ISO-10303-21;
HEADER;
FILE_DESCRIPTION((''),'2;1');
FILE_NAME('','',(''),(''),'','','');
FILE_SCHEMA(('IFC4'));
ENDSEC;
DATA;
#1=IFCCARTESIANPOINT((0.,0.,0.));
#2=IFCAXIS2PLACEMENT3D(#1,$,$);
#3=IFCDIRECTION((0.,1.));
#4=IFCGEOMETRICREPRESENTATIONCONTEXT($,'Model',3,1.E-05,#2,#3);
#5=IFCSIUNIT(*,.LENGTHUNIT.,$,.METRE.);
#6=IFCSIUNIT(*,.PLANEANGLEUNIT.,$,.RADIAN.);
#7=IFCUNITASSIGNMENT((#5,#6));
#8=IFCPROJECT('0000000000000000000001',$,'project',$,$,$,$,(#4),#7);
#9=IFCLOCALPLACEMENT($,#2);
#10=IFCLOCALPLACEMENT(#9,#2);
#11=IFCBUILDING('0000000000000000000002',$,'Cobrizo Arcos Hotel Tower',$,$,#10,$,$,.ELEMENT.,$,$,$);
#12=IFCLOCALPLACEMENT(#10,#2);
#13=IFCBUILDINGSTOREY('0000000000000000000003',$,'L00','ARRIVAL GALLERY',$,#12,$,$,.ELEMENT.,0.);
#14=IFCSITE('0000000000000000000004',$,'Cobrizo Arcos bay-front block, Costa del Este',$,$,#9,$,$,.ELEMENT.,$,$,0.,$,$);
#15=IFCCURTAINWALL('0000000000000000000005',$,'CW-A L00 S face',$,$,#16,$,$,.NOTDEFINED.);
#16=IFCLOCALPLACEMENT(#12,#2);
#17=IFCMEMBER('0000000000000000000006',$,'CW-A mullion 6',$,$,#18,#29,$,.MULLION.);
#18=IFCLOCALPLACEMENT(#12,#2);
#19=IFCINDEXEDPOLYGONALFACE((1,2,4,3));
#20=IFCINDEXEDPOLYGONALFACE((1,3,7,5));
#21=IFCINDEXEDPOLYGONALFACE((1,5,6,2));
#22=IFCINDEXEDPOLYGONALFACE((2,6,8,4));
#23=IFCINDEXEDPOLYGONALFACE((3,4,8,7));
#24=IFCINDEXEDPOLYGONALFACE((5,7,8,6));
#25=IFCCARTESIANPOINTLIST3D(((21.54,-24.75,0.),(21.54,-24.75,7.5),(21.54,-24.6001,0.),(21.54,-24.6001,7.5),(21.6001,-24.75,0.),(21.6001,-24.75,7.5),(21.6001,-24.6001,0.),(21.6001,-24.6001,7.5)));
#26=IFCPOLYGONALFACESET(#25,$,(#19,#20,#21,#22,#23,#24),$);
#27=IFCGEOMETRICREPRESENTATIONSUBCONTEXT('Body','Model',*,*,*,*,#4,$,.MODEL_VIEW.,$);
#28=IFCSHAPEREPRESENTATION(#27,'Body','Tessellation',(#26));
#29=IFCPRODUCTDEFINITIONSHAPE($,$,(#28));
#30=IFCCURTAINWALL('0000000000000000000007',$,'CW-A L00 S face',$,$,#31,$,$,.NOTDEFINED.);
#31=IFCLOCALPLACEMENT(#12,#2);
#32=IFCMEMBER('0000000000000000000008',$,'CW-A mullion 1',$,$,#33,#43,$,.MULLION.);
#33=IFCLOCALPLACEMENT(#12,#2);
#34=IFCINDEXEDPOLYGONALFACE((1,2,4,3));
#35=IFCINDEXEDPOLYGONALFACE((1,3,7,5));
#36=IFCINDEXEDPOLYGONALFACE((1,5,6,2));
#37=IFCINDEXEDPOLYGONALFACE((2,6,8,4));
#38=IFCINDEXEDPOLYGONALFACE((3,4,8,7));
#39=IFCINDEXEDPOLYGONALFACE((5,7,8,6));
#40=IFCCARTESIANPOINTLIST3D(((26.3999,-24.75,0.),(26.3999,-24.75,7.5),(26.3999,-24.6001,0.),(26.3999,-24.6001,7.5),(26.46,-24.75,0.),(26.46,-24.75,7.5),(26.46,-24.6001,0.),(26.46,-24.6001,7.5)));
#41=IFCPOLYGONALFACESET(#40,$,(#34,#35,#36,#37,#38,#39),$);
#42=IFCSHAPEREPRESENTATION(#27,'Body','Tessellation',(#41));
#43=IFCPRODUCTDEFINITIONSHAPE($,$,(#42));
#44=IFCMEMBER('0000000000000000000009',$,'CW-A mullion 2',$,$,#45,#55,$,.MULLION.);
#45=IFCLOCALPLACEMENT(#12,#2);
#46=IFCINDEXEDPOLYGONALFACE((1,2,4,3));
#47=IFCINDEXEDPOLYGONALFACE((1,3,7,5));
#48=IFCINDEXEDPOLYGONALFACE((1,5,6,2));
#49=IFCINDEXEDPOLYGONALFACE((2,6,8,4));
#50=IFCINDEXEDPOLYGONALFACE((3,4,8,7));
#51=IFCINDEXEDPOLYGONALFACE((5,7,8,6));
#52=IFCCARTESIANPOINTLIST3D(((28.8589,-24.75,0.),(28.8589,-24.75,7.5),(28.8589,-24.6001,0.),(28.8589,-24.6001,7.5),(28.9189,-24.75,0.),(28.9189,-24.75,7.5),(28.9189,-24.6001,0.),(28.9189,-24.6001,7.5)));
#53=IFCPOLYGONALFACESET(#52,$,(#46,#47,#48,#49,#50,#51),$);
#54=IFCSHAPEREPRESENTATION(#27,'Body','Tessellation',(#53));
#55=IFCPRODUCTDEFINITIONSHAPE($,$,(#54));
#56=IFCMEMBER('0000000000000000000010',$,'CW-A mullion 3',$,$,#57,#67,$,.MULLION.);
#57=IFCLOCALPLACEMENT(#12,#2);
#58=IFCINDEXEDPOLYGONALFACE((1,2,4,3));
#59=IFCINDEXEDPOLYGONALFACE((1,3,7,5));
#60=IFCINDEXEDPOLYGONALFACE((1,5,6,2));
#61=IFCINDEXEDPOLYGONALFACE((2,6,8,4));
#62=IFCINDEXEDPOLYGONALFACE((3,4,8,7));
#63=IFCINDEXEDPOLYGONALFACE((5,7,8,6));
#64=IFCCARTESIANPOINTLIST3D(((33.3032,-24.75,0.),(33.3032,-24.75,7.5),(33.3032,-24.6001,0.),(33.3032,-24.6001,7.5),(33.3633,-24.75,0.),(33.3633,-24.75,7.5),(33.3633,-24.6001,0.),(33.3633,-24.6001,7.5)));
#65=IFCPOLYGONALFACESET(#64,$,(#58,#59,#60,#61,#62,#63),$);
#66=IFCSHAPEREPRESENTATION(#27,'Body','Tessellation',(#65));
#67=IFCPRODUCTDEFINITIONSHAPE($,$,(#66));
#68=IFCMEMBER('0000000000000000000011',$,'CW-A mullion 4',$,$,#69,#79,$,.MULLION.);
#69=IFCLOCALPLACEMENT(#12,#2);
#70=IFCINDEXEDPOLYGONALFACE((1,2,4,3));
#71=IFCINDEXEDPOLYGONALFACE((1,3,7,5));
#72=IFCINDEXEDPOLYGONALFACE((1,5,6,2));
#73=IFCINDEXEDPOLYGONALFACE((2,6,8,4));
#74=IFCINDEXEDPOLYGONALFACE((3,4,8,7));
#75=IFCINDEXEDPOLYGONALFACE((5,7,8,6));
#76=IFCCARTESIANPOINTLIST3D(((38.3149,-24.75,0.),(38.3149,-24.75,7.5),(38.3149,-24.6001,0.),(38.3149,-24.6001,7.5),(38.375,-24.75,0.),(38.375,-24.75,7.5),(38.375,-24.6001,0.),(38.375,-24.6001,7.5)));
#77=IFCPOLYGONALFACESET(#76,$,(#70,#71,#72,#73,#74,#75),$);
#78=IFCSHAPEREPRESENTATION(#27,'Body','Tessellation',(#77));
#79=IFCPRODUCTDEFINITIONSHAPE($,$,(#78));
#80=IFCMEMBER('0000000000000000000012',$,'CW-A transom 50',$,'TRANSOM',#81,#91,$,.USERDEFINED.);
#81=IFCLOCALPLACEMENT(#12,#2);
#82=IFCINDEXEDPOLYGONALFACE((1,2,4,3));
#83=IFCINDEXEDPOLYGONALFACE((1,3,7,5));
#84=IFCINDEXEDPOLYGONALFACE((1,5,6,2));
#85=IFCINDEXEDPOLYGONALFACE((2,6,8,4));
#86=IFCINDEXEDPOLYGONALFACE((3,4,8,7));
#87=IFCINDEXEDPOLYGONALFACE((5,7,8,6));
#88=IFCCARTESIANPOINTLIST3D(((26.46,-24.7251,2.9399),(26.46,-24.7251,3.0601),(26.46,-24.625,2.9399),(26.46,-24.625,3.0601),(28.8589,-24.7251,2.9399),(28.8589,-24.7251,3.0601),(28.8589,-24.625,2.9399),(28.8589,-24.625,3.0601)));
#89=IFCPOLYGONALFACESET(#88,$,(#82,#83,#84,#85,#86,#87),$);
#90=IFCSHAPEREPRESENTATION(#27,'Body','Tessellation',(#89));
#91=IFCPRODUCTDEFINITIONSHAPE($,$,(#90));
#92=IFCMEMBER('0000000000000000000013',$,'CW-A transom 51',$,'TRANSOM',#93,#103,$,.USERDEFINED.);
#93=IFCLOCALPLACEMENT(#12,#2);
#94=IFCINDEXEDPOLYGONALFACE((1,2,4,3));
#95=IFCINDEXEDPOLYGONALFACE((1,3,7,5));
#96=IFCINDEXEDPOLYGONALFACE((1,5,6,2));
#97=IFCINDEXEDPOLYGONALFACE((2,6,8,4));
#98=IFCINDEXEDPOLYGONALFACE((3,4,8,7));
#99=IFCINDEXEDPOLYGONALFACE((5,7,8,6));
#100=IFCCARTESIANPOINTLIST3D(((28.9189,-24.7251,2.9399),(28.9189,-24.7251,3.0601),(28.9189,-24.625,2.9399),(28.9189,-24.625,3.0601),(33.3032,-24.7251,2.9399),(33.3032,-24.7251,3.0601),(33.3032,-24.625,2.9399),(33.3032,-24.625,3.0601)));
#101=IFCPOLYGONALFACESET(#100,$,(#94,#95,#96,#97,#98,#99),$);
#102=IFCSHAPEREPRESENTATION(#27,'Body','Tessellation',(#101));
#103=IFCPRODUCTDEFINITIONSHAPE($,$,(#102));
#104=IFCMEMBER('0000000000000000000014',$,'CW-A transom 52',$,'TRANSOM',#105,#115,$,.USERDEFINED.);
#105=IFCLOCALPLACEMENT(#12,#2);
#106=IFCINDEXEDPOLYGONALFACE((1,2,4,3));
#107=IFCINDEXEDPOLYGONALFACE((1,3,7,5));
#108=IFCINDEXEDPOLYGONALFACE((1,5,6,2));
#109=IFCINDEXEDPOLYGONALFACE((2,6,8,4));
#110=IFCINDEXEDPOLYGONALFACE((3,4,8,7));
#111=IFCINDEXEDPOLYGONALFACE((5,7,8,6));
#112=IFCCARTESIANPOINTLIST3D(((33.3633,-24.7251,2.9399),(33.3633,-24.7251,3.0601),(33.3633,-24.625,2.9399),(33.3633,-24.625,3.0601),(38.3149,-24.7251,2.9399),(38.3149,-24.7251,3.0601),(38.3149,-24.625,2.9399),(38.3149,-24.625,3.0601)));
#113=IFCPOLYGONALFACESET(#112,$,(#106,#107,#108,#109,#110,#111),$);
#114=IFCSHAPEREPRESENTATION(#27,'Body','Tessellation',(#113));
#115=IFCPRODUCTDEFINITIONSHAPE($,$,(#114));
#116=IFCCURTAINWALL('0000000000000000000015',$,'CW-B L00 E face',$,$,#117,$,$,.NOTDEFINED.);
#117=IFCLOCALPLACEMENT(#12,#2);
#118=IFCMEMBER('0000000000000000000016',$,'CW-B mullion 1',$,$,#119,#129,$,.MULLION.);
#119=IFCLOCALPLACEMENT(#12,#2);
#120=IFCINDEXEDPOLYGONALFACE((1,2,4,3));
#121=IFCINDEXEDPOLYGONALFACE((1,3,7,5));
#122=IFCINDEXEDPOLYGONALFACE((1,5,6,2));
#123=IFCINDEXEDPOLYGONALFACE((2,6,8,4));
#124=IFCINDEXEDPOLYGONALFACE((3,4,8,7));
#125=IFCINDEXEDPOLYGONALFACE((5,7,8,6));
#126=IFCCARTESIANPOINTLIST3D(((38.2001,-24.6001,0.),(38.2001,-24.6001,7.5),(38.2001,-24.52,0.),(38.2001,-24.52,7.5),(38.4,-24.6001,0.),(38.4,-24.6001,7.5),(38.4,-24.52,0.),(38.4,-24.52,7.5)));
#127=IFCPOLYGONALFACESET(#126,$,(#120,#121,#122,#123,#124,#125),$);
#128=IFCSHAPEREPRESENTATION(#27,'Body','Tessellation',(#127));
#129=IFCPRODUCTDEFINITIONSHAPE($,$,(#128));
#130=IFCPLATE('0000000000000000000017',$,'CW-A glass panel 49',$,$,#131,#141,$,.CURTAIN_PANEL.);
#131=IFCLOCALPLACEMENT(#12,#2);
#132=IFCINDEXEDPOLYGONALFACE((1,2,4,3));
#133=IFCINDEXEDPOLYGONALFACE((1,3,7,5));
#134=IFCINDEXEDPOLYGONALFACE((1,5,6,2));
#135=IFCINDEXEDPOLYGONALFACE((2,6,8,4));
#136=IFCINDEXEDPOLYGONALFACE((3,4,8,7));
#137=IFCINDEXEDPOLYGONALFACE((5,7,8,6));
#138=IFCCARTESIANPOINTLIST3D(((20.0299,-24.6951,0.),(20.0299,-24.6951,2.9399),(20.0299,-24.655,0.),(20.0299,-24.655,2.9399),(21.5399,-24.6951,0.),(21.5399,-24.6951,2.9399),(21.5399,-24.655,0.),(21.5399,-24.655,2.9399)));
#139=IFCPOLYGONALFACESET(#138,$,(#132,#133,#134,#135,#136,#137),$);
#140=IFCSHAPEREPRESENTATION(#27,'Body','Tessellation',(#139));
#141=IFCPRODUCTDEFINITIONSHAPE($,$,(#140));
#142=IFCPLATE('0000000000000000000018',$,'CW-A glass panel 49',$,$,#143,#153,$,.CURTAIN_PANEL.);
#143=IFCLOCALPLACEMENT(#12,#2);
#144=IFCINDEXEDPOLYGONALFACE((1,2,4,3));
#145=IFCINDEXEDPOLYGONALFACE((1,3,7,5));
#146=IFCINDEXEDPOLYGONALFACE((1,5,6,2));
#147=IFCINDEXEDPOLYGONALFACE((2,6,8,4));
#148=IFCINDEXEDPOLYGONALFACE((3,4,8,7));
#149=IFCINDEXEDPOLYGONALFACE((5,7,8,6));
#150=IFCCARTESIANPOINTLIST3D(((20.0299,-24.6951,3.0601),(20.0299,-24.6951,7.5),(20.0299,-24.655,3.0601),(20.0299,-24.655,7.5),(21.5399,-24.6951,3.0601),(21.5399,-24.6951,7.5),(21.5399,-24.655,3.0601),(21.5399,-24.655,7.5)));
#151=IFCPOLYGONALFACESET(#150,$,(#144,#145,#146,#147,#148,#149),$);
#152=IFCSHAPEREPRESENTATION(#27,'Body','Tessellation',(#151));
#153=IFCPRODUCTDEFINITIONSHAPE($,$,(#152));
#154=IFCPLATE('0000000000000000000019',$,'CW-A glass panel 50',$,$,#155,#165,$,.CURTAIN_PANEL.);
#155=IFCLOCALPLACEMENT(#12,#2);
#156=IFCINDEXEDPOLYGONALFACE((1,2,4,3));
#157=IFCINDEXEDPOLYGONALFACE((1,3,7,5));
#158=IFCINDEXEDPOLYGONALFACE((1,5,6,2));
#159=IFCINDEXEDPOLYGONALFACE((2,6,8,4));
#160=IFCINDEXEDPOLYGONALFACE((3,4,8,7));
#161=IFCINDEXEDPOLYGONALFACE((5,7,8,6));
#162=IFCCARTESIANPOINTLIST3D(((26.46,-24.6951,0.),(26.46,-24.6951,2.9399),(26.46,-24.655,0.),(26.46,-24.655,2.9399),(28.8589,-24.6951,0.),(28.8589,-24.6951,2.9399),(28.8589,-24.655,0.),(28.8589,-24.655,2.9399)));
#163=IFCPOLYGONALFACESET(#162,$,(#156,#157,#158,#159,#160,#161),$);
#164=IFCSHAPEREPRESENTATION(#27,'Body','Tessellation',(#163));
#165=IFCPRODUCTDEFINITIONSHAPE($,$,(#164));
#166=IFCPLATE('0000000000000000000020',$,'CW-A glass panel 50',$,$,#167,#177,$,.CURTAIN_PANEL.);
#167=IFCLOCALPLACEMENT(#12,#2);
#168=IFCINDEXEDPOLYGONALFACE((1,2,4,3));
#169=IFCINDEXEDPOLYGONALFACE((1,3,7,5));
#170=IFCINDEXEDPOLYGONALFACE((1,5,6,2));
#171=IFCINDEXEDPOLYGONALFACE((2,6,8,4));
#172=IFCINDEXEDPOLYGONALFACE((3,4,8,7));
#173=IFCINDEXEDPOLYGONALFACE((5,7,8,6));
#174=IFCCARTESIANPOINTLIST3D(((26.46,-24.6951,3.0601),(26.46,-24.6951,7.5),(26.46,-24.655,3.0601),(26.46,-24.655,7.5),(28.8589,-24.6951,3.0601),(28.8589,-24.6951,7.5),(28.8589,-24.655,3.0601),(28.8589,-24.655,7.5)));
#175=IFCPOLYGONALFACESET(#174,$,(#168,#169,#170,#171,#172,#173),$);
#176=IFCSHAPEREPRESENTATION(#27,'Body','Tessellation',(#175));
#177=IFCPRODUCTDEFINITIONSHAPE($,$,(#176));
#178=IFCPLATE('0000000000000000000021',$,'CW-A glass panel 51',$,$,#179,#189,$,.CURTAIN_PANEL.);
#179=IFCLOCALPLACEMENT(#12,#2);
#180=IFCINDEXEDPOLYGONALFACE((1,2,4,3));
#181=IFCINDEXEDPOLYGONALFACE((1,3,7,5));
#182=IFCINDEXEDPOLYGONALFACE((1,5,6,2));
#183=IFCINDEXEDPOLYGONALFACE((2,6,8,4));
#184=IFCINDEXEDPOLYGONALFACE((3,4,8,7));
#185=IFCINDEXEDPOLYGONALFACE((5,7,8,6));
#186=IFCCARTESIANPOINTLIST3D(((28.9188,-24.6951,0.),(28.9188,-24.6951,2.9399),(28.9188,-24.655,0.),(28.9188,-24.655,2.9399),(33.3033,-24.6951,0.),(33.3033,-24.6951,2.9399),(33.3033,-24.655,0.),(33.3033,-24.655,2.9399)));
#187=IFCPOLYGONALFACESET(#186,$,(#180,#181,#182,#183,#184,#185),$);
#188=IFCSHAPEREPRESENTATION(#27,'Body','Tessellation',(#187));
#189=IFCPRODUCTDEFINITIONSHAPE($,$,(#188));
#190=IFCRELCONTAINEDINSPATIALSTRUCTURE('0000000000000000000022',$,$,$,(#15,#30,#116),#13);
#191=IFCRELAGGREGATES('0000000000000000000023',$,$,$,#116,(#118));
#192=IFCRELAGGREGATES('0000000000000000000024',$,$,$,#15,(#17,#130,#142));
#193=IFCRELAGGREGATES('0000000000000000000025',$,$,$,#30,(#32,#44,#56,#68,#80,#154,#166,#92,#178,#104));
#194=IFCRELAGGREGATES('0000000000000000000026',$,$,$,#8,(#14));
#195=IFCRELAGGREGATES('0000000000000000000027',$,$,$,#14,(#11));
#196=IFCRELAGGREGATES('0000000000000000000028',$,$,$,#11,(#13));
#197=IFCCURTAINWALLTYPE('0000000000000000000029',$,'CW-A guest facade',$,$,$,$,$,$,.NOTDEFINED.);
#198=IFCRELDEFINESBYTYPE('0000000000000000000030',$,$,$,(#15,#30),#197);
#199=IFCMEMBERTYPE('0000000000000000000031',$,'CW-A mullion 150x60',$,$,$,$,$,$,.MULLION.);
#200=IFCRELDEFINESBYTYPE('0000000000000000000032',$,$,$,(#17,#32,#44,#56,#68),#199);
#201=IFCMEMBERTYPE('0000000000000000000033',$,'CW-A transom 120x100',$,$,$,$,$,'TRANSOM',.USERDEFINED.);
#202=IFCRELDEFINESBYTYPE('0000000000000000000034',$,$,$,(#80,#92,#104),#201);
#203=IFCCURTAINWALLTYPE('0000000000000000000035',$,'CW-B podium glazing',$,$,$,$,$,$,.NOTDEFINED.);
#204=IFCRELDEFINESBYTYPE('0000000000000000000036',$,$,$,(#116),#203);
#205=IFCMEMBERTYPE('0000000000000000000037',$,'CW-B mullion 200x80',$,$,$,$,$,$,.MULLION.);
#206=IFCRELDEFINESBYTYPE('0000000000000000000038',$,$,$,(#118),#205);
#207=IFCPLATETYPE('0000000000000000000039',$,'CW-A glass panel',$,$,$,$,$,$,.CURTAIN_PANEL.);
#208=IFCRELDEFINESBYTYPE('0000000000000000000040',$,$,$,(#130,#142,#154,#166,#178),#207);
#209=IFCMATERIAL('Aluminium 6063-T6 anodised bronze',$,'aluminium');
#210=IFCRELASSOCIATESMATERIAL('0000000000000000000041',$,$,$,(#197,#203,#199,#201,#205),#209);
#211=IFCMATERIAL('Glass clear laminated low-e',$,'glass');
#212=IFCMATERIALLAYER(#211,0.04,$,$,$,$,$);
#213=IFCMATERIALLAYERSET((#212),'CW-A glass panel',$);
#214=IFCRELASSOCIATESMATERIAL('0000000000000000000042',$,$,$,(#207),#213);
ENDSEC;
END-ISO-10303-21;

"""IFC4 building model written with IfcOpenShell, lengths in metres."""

from ifc_helpers import new_model, si_unit, direction, frame, origin, origin_2d, place, context, subcontext, project, spatial, rectangle, extrude, material, layer, layer_set, material_profile, profile_set, type_object, element, aggregate, save


model = new_model("IFC4")

# Units and contexts
model_context = context("Model", 3, precision=1e-05, world=origin(), true_north=direction((0.0, 1.0)))
body_context = subcontext(model_context, "Body", "Model", "MODEL_VIEW")
ifc_project = project(units=[si_unit("LENGTHUNIT", "METRE"), si_unit("PLANEANGLEUNIT", "RADIAN")], contexts=[model_context])

# Site, building, storey
site_placement = place(None, origin())
site = spatial("IfcSite", under=ifc_project, at=site_placement, Name="Cobrizo Arcos bay-front block, Costa del Este", CompositionType="ELEMENT", RefElevation=0.0)
building_placement = place(site_placement, origin())
building = spatial("IfcBuilding", under=site, at=building_placement, Name="Cobrizo Arcos Hotel Tower", CompositionType="ELEMENT")
storey_placement = place(building_placement, origin())
storey = spatial("IfcBuildingStorey", under=building, at=storey_placement, Name="L00", Description="ARRIVAL GALLERY", CompositionType="ELEMENT", Elevation=0.0)

# Curtain wall, member
ifc_material_1 = material(Name="Aluminium 6063-T6 anodised bronze", Category="aluminium")
curtain_wall_type_1 = type_object("IfcCurtainWallType", Name="CW-A guest facade", PredefinedType="NOTDEFINED", material=ifc_material_1)
curtain_wall_1_placement = place(storey_placement, origin())
curtain_wall_1 = element("IfcCurtainWall", 1, at=curtain_wall_1_placement, inside=storey, type_object=curtain_wall_type_1, Name="CW-A L00 S face", PredefinedType="NOTDEFINED")
ifc_material_profile_1 = material_profile(ifc_material_1, rectangle(XDim=0.1499, YDim=0.0601, at=origin_2d()), Name="CW-A mullion 150x60")
ifc_profile_set_1 = profile_set([ifc_material_profile_1], Name="Aluminium 6063-T6 anodised bronze")
member_type_1 = type_object("IfcMemberType", Name="CW-A mullion 150x60", PredefinedType="MULLION", material=ifc_profile_set_1)
member_1_placement = place(storey_placement, frame((21.5701, -24.675, 0.0), z_axis=(0.0, 0.0, 1.0), x_axis=(0.0, -1.0, 0.0)))
member_1 = element("IfcMember", 2, at=member_1_placement, type_object=member_type_1, Name="CW-A mullion 6", PredefinedType="MULLION", context=body_context, shape_type="SweptSolid", body=[
    extrude(rectangle(XDim=0.1499, YDim=0.0601, at=origin_2d()), origin(), (0.0, 0.0, 1.0), 7.5),
])

# Curtain wall, members
curtain_wall_2_placement = place(storey_placement, origin())
curtain_wall_2 = element("IfcCurtainWall", 3, at=curtain_wall_2_placement, inside=storey, type_object=curtain_wall_type_1, Name="CW-A L00 S face", PredefinedType="NOTDEFINED")
member_2_placement = place(storey_placement, frame((26.4299, -24.675, 0.0), z_axis=(0.0, 0.0, 1.0), x_axis=(0.0, -1.0, 0.0)))
member_2 = element("IfcMember", 4, at=member_2_placement, type_object=member_type_1, Name="CW-A mullion 1", PredefinedType="MULLION", context=body_context, shape_type="SweptSolid", body=[
    extrude(rectangle(XDim=0.1499, YDim=0.0601, at=origin_2d()), origin(), (0.0, 0.0, 1.0), 7.5),
])
member_3_placement = place(storey_placement, frame((28.8889, -24.675, 0.0), z_axis=(0.0, 0.0, 1.0), x_axis=(0.0, -1.0, 0.0)))
member_3 = element("IfcMember", 5, at=member_3_placement, type_object=member_type_1, Name="CW-A mullion 2", PredefinedType="MULLION", context=body_context, shape_type="SweptSolid", body=[
    extrude(rectangle(XDim=0.1499, YDim=0.0601, at=origin_2d()), origin(), (0.0, 0.0, 1.0), 7.5),
])
member_4_placement = place(storey_placement, frame((33.3333, -24.675, 0.0), z_axis=(0.0, 0.0, 1.0), x_axis=(0.0, -1.0, 0.0)))
member_4 = element("IfcMember", 6, at=member_4_placement, type_object=member_type_1, Name="CW-A mullion 3", PredefinedType="MULLION", context=body_context, shape_type="SweptSolid", body=[
    extrude(rectangle(XDim=0.1499, YDim=0.0601, at=origin_2d()), origin(), (0.0, 0.0, 1.0), 7.5),
])
member_5_placement = place(storey_placement, frame((38.345, -24.675, 0.0), z_axis=(0.0, 0.0, 1.0), x_axis=(0.0, -1.0, 0.0)))
member_5 = element("IfcMember", 7, at=member_5_placement, type_object=member_type_1, Name="CW-A mullion 4", PredefinedType="MULLION", context=body_context, shape_type="SweptSolid", body=[
    extrude(rectangle(XDim=0.1499, YDim=0.0601, at=origin_2d()), origin(), (0.0, 0.0, 1.0), 7.5),
])
ifc_material_profile_2 = material_profile(ifc_material_1, rectangle(XDim=0.1001, YDim=0.1201, at=origin_2d()), Name="CW-A transom 120x100")
ifc_profile_set_2 = profile_set([ifc_material_profile_2], Name="Aluminium 6063-T6 anodised bronze")
member_type_2 = type_object("IfcMemberType", Name="CW-A transom 120x100", ElementType="TRANSOM", PredefinedType="USERDEFINED", material=ifc_profile_set_2)
member_6_placement = place(storey_placement, frame((26.46, -24.675, 3.0), z_axis=(1.0, 0.0, 0.0), x_axis=(0.0, 1.0, 0.0)))
member_6 = element("IfcMember", 8, at=member_6_placement, type_object=member_type_2, Name="CW-A transom 50", ObjectType="TRANSOM", PredefinedType="USERDEFINED", context=body_context, shape_type="SweptSolid", body=[
    extrude(rectangle(XDim=0.1001, YDim=0.1201, at=origin_2d()), origin(), (0.0, 0.0, 1.0), 2.3989),
])
member_7_placement = place(storey_placement, frame((28.9189, -24.675, 3.0), z_axis=(1.0, 0.0, 0.0), x_axis=(0.0, 1.0, 0.0)))
member_7 = element("IfcMember", 9, at=member_7_placement, type_object=member_type_2, Name="CW-A transom 51", ObjectType="TRANSOM", PredefinedType="USERDEFINED", context=body_context, shape_type="SweptSolid", body=[
    extrude(rectangle(XDim=0.1001, YDim=0.1201, at=origin_2d()), origin(), (0.0, 0.0, 1.0), 4.3843),
])
member_8_placement = place(storey_placement, frame((33.3633, -24.675, 3.0), z_axis=(1.0, 0.0, 0.0), x_axis=(0.0, 1.0, 0.0)))
member_8 = element("IfcMember", 10, at=member_8_placement, type_object=member_type_2, Name="CW-A transom 52", ObjectType="TRANSOM", PredefinedType="USERDEFINED", context=body_context, shape_type="SweptSolid", body=[
    extrude(rectangle(XDim=0.1001, YDim=0.1201, at=origin_2d()), origin(), (0.0, 0.0, 1.0), 4.9517),
])

# Curtain wall, member
curtain_wall_type_2 = type_object("IfcCurtainWallType", Name="CW-B podium glazing", PredefinedType="NOTDEFINED", material=ifc_material_1)
curtain_wall_3_placement = place(storey_placement, origin())
curtain_wall_3 = element("IfcCurtainWall", 11, at=curtain_wall_3_placement, inside=storey, type_object=curtain_wall_type_2, Name="CW-B L00 E face", PredefinedType="NOTDEFINED")
ifc_material_profile_3 = material_profile(ifc_material_1, rectangle(XDim=0.2, YDim=0.0801, at=origin_2d()), Name="CW-B mullion 200x80")
ifc_profile_set_3 = profile_set([ifc_material_profile_3], Name="Aluminium 6063-T6 anodised bronze")
member_type_3 = type_object("IfcMemberType", Name="CW-B mullion 200x80", PredefinedType="MULLION", material=ifc_profile_set_3)
member_9_placement = place(storey_placement, frame((38.3, -24.5601, 0.0), z_axis=(0.0, 0.0, 1.0), x_axis=(1.0, 0.0, 0.0)))
member_9 = element("IfcMember", 12, at=member_9_placement, type_object=member_type_3, Name="CW-B mullion 1", PredefinedType="MULLION", context=body_context, shape_type="SweptSolid", body=[
    extrude(rectangle(XDim=0.2, YDim=0.0801, at=origin_2d()), origin(), (0.0, 0.0, 1.0), 7.5),
])
aggregate(curtain_wall_3, [member_9])

# Plates
ifc_material_2 = material(Name="Glass clear laminated low-e", Category="glass")
ifc_layer_1 = layer(ifc_material_2, 0.04)
ifc_layer_set_1 = layer_set([ifc_layer_1], Name="CW-A glass panel")
plate_type = type_object("IfcPlateType", Name="CW-A glass panel", PredefinedType="CURTAIN_PANEL", material=ifc_layer_set_1)
plate_1_placement = place(storey_placement, frame((20.7849, -24.675, 0.0), z_axis=(0.0, 0.0, 1.0), x_axis=(1.0, 0.0, 0.0)))
plate_1 = element("IfcPlate", 13, at=plate_1_placement, type_object=plate_type, Name="CW-A glass panel 49", PredefinedType="CURTAIN_PANEL", context=body_context, shape_type="SweptSolid", body=[
    extrude(rectangle(XDim=1.51, YDim=0.04, at=origin_2d()), origin(), (0.0, 0.0, 1.0), 2.9399),
])
plate_2_placement = place(storey_placement, frame((20.7849, -24.675, 3.0601), z_axis=(0.0, 0.0, 1.0), x_axis=(1.0, 0.0, 0.0)))
plate_2 = element("IfcPlate", 14, at=plate_2_placement, type_object=plate_type, Name="CW-A glass panel 49", PredefinedType="CURTAIN_PANEL", context=body_context, shape_type="SweptSolid", body=[
    extrude(rectangle(XDim=1.51, YDim=0.04, at=origin_2d()), origin(), (0.0, 0.0, 1.0), 4.4399),
])
aggregate(curtain_wall_1, [member_1, plate_1, plate_2])
plate_3_placement = place(storey_placement, frame((27.6594, -24.675, 0.0), z_axis=(0.0, 0.0, 1.0), x_axis=(1.0, 0.0, 0.0)))
plate_3 = element("IfcPlate", 15, at=plate_3_placement, type_object=plate_type, Name="CW-A glass panel 50", PredefinedType="CURTAIN_PANEL", context=body_context, shape_type="SweptSolid", body=[
    extrude(rectangle(XDim=2.3989, YDim=0.04, at=origin_2d()), origin(), (0.0, 0.0, 1.0), 2.9399),
])
plate_4_placement = place(storey_placement, frame((27.6594, -24.675, 3.0601), z_axis=(0.0, 0.0, 1.0), x_axis=(1.0, 0.0, 0.0)))
plate_4 = element("IfcPlate", 16, at=plate_4_placement, type_object=plate_type, Name="CW-A glass panel 50", PredefinedType="CURTAIN_PANEL", context=body_context, shape_type="SweptSolid", body=[
    extrude(rectangle(XDim=2.3989, YDim=0.04, at=origin_2d()), origin(), (0.0, 0.0, 1.0), 4.4399),
])
plate_5_placement = place(storey_placement, frame((31.1111, -24.675, 0.0), z_axis=(0.0, 0.0, 1.0), x_axis=(1.0, 0.0, 0.0)))
plate_5 = element("IfcPlate", 17, at=plate_5_placement, type_object=plate_type, Name="CW-A glass panel 51", PredefinedType="CURTAIN_PANEL", context=body_context, shape_type="SweptSolid", body=[
    extrude(rectangle(XDim=4.3845, YDim=0.04, at=origin_2d()), origin(), (0.0, 0.0, 1.0), 2.9399),
])
aggregate(curtain_wall_2, [member_2, member_3, member_4, member_5, member_6, plate_3, plate_4, member_7, plate_5, member_8])

save(model, "model.ifc")
